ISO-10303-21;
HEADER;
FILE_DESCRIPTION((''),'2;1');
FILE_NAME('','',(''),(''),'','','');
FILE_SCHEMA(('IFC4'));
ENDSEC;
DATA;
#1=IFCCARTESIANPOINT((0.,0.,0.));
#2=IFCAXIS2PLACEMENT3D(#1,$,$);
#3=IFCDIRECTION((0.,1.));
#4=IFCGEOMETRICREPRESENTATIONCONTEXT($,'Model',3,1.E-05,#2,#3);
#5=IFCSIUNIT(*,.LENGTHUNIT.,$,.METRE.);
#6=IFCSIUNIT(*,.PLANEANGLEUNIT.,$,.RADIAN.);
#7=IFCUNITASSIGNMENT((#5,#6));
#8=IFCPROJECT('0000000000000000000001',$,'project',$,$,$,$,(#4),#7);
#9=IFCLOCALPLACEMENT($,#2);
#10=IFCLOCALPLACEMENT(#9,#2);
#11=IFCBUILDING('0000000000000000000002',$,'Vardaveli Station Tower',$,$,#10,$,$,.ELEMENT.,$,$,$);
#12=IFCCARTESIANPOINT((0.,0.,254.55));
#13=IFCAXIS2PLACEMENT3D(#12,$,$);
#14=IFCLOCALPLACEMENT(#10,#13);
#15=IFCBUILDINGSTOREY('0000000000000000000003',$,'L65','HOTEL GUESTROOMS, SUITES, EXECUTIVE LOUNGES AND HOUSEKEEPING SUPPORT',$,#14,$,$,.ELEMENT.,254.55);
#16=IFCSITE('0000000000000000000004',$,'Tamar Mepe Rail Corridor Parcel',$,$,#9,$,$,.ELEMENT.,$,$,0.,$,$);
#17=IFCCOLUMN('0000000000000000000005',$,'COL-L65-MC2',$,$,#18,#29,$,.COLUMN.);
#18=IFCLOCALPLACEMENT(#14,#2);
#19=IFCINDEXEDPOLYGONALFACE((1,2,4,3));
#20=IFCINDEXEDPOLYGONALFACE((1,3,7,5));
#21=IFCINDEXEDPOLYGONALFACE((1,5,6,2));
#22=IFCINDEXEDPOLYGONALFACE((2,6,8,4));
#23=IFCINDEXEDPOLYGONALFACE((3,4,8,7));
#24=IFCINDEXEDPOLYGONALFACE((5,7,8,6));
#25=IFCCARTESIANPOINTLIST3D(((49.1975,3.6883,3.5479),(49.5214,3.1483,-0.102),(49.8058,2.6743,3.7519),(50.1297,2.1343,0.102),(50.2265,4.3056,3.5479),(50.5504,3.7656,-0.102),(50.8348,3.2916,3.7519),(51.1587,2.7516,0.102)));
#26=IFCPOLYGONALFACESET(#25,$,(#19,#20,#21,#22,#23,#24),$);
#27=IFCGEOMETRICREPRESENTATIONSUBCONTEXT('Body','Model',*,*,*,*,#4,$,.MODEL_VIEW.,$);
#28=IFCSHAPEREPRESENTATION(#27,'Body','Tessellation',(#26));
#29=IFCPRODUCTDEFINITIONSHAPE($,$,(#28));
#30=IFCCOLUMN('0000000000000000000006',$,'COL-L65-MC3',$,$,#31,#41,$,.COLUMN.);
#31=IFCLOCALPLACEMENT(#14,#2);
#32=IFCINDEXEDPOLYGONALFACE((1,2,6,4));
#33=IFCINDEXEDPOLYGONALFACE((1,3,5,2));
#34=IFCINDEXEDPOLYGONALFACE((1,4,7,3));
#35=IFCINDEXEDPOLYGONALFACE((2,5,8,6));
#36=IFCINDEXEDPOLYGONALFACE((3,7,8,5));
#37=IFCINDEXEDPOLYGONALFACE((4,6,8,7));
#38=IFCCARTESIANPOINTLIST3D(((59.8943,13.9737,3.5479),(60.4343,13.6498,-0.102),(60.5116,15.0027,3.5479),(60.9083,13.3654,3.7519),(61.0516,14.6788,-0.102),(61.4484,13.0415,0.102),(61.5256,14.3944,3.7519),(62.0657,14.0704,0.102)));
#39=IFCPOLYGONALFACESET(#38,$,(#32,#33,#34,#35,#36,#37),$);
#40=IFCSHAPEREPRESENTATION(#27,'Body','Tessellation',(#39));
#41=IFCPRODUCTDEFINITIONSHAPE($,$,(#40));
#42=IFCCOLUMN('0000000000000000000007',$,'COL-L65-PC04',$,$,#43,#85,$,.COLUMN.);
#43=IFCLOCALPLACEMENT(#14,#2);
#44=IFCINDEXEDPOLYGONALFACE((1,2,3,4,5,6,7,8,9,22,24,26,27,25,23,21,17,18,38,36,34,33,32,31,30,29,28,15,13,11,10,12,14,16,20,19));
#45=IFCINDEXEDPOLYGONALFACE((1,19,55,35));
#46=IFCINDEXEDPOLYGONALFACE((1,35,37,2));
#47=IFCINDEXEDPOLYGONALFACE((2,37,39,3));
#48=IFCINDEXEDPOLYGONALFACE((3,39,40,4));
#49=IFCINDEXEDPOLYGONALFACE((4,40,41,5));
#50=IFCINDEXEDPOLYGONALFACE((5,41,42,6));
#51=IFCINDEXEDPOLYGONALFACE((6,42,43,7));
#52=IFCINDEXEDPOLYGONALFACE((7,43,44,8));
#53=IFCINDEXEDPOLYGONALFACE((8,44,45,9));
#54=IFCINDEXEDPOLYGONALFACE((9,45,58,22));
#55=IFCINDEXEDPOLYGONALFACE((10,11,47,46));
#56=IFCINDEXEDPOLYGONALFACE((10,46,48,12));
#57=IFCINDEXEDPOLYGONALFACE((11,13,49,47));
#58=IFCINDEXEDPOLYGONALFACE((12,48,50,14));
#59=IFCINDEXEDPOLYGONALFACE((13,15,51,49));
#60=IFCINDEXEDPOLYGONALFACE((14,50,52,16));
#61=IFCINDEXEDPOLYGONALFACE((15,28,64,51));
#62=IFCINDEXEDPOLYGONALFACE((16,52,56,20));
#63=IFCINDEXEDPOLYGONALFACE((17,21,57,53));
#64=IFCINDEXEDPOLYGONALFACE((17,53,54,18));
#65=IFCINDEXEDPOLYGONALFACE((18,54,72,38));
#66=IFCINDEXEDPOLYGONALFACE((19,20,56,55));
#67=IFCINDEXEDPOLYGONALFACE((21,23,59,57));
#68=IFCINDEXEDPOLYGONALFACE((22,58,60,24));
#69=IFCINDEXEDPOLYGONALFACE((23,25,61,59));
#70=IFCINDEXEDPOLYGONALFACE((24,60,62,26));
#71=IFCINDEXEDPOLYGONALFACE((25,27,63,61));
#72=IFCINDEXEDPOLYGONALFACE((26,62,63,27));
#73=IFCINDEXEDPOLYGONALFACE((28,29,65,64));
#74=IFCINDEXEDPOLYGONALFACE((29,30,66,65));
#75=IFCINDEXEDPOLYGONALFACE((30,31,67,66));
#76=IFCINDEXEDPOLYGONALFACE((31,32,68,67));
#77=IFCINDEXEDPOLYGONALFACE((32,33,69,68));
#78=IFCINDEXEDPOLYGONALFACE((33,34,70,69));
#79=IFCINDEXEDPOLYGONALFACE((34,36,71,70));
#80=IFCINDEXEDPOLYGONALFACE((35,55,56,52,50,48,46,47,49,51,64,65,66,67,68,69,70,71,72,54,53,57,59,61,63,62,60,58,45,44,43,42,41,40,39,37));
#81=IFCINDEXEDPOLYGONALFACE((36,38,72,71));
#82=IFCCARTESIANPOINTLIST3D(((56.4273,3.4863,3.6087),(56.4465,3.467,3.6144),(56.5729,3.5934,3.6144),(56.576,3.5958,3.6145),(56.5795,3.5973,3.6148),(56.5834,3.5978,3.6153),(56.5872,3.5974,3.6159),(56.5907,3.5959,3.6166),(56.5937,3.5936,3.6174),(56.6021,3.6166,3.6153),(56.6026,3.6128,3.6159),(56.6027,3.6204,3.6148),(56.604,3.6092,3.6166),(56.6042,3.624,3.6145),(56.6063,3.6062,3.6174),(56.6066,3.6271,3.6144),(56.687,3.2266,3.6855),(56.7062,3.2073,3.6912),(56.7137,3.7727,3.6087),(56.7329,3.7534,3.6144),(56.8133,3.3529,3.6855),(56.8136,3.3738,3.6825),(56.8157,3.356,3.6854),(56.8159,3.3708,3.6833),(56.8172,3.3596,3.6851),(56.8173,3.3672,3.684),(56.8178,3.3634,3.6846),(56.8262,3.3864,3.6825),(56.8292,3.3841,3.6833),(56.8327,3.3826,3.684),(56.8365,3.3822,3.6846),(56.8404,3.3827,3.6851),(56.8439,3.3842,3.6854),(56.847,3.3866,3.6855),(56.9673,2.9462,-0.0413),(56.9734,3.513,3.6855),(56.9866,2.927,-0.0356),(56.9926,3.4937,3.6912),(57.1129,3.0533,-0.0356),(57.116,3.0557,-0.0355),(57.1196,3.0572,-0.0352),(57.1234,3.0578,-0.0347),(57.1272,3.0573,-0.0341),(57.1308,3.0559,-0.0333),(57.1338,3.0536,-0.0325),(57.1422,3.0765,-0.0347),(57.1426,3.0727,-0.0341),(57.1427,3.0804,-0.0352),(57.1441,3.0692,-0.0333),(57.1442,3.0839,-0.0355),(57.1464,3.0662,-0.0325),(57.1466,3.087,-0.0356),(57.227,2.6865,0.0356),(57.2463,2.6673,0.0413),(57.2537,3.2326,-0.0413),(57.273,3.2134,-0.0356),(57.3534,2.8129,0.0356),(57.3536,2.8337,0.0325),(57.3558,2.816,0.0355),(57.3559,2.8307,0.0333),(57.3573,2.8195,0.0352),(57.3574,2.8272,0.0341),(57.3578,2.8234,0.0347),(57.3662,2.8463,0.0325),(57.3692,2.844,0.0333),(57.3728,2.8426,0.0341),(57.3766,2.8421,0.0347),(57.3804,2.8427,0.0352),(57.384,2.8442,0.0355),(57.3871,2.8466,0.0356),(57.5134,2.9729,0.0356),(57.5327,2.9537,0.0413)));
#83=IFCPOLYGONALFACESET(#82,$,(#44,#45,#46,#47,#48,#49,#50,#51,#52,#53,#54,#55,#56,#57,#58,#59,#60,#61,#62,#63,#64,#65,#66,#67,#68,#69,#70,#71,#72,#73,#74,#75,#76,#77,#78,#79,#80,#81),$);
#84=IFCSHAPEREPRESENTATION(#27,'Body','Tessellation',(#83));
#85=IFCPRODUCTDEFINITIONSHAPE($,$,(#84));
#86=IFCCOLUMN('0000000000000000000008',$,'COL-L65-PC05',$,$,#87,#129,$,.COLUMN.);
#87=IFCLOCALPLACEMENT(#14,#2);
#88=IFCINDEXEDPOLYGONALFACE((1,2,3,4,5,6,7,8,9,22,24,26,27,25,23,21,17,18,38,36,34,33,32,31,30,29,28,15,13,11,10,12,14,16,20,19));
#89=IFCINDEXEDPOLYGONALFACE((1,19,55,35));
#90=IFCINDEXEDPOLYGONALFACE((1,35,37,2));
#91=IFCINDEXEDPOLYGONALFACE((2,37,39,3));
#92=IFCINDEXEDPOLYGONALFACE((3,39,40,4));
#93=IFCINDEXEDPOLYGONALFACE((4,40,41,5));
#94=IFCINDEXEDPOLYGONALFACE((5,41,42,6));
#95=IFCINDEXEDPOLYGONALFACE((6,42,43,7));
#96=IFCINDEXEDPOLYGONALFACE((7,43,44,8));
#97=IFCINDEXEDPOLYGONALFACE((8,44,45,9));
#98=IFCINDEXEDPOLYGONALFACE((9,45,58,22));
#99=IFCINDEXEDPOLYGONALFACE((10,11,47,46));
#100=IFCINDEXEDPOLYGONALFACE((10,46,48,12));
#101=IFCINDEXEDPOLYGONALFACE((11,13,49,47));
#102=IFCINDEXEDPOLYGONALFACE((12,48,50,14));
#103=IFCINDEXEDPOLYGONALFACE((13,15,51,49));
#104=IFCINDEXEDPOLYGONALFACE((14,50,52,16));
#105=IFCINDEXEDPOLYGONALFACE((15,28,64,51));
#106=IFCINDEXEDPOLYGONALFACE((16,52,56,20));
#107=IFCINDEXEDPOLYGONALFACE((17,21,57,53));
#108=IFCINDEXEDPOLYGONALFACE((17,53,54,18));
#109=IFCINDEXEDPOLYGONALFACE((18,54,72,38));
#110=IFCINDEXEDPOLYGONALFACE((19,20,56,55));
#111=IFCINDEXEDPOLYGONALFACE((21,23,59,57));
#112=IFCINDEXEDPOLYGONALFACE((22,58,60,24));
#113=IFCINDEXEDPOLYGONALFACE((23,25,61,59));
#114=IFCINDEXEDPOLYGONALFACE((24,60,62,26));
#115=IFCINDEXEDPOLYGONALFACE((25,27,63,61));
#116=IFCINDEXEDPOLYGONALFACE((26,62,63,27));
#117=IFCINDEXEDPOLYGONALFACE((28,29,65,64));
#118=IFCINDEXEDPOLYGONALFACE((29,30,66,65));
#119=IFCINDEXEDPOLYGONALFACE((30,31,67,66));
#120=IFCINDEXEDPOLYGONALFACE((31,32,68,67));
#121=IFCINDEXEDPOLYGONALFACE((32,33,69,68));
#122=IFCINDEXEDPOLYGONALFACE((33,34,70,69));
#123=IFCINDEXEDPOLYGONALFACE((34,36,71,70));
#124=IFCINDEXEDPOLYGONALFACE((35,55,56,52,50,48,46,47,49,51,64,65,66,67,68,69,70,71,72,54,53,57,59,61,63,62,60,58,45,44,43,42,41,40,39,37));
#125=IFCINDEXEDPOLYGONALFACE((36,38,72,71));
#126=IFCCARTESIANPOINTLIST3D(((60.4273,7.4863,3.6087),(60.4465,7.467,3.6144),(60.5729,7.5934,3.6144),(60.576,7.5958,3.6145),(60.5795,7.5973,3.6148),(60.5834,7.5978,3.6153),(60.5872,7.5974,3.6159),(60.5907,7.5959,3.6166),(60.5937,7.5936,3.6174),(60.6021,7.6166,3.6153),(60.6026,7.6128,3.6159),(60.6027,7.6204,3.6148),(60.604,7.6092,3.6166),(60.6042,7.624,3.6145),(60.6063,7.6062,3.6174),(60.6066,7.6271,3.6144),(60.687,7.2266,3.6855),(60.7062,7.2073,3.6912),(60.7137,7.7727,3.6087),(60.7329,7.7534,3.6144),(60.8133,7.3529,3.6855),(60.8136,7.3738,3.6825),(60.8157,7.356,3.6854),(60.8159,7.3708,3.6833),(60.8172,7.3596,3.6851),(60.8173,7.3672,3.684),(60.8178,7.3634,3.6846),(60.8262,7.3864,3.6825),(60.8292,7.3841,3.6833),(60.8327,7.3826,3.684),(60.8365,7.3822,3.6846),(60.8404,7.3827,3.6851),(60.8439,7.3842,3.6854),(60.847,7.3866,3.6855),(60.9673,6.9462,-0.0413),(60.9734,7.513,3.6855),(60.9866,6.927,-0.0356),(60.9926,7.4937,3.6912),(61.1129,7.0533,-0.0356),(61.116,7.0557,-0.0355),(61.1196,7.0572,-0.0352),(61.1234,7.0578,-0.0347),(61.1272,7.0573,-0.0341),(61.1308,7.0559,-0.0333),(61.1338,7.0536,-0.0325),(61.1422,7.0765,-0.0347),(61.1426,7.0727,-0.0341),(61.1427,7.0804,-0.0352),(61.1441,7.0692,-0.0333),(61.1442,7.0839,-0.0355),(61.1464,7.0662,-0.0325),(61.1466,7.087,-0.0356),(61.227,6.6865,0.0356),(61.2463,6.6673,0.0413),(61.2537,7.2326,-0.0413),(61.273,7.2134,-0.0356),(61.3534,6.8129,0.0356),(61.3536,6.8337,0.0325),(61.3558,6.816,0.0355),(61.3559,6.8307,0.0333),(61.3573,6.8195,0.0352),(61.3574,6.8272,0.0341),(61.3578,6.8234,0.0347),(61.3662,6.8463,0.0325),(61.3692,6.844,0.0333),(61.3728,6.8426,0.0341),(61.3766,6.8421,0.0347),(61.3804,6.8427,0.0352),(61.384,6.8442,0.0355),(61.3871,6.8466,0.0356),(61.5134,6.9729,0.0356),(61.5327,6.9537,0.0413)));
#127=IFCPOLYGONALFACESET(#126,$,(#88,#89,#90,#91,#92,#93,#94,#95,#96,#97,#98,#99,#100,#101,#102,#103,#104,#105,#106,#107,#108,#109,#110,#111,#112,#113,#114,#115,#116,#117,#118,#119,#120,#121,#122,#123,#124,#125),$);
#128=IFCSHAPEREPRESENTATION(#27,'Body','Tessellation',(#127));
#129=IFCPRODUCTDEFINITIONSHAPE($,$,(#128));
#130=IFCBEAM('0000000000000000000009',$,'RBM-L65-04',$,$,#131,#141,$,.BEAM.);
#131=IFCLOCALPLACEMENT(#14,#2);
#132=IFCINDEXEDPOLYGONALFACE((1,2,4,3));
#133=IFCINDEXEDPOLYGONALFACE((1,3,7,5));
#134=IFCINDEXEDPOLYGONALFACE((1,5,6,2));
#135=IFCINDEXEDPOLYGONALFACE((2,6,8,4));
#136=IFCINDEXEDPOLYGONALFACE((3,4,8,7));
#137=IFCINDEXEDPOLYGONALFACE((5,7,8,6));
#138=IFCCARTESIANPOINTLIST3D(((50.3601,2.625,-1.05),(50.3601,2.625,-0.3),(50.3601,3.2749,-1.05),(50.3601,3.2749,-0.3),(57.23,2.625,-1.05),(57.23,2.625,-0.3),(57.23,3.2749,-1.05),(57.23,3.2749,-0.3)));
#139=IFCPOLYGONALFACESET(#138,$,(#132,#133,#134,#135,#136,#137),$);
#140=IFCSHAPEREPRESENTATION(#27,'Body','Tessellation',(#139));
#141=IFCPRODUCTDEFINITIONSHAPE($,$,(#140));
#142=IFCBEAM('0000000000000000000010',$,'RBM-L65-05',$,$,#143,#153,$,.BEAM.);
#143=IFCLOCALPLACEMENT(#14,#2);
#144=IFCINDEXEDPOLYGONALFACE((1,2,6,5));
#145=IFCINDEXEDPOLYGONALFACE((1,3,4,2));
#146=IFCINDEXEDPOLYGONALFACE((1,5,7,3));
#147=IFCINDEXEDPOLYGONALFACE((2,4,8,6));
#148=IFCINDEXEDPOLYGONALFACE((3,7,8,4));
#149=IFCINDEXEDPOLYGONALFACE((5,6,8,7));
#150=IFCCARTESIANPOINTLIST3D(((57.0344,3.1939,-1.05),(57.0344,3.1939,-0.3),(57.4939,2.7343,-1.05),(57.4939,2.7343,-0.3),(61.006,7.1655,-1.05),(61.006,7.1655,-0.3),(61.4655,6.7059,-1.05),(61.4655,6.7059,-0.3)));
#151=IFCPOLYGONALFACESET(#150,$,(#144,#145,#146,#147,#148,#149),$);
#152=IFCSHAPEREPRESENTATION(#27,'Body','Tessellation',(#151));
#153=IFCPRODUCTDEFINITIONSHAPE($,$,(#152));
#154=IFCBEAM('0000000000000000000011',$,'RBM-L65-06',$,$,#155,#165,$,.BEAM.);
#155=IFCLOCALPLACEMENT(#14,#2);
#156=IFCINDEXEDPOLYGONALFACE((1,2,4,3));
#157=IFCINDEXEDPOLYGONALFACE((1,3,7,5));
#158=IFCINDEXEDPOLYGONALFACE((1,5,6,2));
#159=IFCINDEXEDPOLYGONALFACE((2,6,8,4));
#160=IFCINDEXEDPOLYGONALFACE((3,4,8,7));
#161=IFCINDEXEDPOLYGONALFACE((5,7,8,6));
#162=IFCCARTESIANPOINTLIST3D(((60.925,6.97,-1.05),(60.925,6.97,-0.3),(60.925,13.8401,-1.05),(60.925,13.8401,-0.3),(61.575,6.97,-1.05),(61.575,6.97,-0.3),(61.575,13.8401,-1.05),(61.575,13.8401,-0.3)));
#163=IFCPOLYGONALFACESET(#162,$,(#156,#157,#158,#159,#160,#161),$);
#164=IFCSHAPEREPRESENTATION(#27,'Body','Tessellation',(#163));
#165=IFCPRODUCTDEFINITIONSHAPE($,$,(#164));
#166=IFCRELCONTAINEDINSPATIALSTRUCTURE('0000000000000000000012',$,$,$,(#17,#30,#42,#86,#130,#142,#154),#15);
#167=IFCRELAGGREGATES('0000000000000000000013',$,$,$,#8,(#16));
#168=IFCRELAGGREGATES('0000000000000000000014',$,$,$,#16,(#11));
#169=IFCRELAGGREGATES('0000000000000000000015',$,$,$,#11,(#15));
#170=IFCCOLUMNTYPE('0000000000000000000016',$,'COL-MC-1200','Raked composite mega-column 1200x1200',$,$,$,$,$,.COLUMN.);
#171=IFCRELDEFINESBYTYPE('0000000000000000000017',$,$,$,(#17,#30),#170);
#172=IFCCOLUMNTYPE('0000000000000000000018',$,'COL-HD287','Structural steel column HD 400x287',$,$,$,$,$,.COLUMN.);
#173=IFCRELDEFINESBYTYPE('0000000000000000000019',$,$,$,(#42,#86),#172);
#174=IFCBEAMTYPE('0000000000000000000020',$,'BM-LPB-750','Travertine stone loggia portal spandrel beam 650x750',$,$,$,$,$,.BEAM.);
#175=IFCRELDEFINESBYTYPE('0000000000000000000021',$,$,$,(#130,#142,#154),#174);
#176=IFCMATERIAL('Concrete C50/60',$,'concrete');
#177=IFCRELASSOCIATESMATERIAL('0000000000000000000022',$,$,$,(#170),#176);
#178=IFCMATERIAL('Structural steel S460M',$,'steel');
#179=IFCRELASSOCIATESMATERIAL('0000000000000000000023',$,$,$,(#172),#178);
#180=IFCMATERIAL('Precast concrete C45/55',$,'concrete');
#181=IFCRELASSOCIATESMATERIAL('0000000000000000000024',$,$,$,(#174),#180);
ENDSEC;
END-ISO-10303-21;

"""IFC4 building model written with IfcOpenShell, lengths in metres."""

from ifc_helpers import new_model, si_unit, direction, frame, origin, origin_2d, place, context, subcontext, project, spatial, rectangle, i_section, extrude, source, transform, mapped, material, material_profile, profile_set, type_object, element, save


model = new_model("IFC4")

# Units and contexts
model_context = context("Model", 3, precision=1e-05, world=origin(), true_north=direction((0.0, 1.0)))
body_context = subcontext(model_context, "Body", "Model", "MODEL_VIEW")
ifc_project = project(units=[si_unit("LENGTHUNIT", "METRE"), si_unit("PLANEANGLEUNIT", "RADIAN")], contexts=[model_context])

# Site, building, storey
site_placement = place(None, origin())
site = spatial("IfcSite", under=ifc_project, at=site_placement, Name="Tamar Mepe Rail Corridor Parcel", CompositionType="ELEMENT", RefElevation=0.0)
building_placement = place(site_placement, origin())
building = spatial("IfcBuilding", under=site, at=building_placement, Name="Vardaveli Station Tower", CompositionType="ELEMENT")
storey_placement = place(building_placement, frame((0.0, 0.0, 254.55)))
storey = spatial("IfcBuildingStorey", under=building, at=storey_placement, Name="L65", Description="HOTEL GUESTROOMS, SUITES, EXECUTIVE LOUNGES AND HOUSEKEEPING SUPPORT", CompositionType="ELEMENT", Elevation=254.55)

# Columns
ifc_material_1 = material(Name="Concrete C50/60", Category="concrete")
ifc_material_profile_1 = material_profile(ifc_material_1, rectangle(XDim=1.2, YDim=1.2, at=origin_2d()), Name="MC 1200x1200")
ifc_profile_set_1 = profile_set([ifc_material_profile_1], Name="Concrete C50/60")
column_type_1 = type_object("IfcColumnType", Name="COL-MC-1200", Description="Raked composite mega-column 1200x1200", PredefinedType="COLUMN", material=ifc_profile_set_1)
shared_shape_1 = source(origin(), body_context, "Body", "SweptSolid", [
    extrude(rectangle(XDim=1.2, YDim=1.2, at=origin_2d()), origin(), (0.0, 0.0, 1.0), 3.7039),
])
for number, where, z_axis, x_axis, name in (
    (1, (50.3401, 2.95, 0.0), (-0.08747, 0.145805, 0.985439), (-0.857527, -0.514439, 0.0), "COL-L65-MC2"),
    (2, (61.25, 13.8601, 0.0), (-0.145805, 0.08747, 0.985439), (-0.514439, -0.857527, 0.0), "COL-L65-MC3"),
):
    element("IfcColumn", number, at=place(storey_placement, frame(where, z_axis=z_axis, x_axis=x_axis)), inside=storey, type_object=column_type_1, Name=name, PredefinedType="COLUMN", context=body_context, shape_type="MappedRepresentation", body=[
        mapped(shared_shape_1, transform((0.0, 0.0, 0.0), scale=1.0)),
    ])
ifc_material_2 = material(Name="Structural steel S460M", Category="steel")
ifc_material_profile_2 = material_profile(ifc_material_2, i_section(OverallWidth=0.405, OverallDepth=0.4031, WebThickness=0.0178, FlangeThickness=0.0278, FilletRadius=0.0149, at=origin_2d()), Name="HD 400x287")
ifc_profile_set_2 = profile_set([ifc_material_profile_2], Name="Structural steel S460M")
column_type_2 = type_object("IfcColumnType", Name="COL-HD287", Description="Structural steel column HD 400x287", PredefinedType="COLUMN", material=ifc_profile_set_2)
shared_shape_2 = source(origin(), body_context, "Body", "SweptSolid", [
    extrude(i_section(OverallWidth=0.405, OverallDepth=0.4031, WebThickness=0.0178, FlangeThickness=0.0278, FilletRadius=0.0149, at=origin_2d()), origin(), (0.0, 0.0, 1.0), 3.729),
])
for number, where, z_axis, x_axis, name in (
    (3, (57.25, 2.95, 0.0), (-0.144823, 0.144823, 0.978802), (-0.707107, -0.707107, 0.0), "COL-L65-PC04"),
    (4, (61.25, 6.95, 0.0), (-0.144823, 0.144823, 0.978802), (-0.707107, -0.707107, 0.0), "COL-L65-PC05"),
):
    element("IfcColumn", number, at=place(storey_placement, frame(where, z_axis=z_axis, x_axis=x_axis)), inside=storey, type_object=column_type_2, Name=name, PredefinedType="COLUMN", context=body_context, shape_type="MappedRepresentation", body=[
        mapped(shared_shape_2, transform((0.0, 0.0, 0.0), scale=1.0)),
    ])

# Beams
ifc_material_3 = material(Name="Precast concrete C45/55", Category="concrete")
ifc_material_profile_3 = material_profile(ifc_material_3, rectangle(XDim=0.6499, YDim=0.75, at=origin_2d()), Name="LPB 650x750")
ifc_profile_set_3 = profile_set([ifc_material_profile_3], Name="Precast concrete C45/55")
beam_type_1 = type_object("IfcBeamType", Name="BM-LPB-750", Description="Travertine stone loggia portal spandrel beam 650x750", PredefinedType="BEAM", material=ifc_profile_set_3)
shared_shape_3 = source(origin(), body_context, "Body", "SweptSolid", [
    extrude(rectangle(XDim=0.6499, YDim=0.75, at=origin_2d()), origin(), (0.0, 0.0, 1.0), 6.8699),
])
beam_1_placement = place(storey_placement, frame((50.3601, 2.95, -0.675), z_axis=(1.0, 0.0, 0.0), x_axis=(0.0, 1.0, 0.0)))
element("IfcBeam", 5, at=beam_1_placement, inside=storey, type_object=beam_type_1, Name="RBM-L65-04", PredefinedType="BEAM", context=body_context, shape_type="MappedRepresentation", body=[
    mapped(shared_shape_3, transform((0.0, 0.0, 0.0), scale=1.0)),
])
shared_shape_4 = source(origin(), body_context, "Body", "SweptSolid", [
    extrude(rectangle(XDim=0.6499, YDim=0.75, at=origin_2d()), origin(), (0.0, 0.0, 1.0), 5.6167),
])
beam_2_placement = place(storey_placement, frame((57.2642, 2.9641, -0.675), z_axis=(0.707107, 0.707107, 0.0), x_axis=(-0.707107, 0.707107, 0.0)))
element("IfcBeam", 6, at=beam_2_placement, inside=storey, type_object=beam_type_1, Name="RBM-L65-05", PredefinedType="BEAM", context=body_context, shape_type="MappedRepresentation", body=[
    mapped(shared_shape_4, transform((0.0, 0.0, 0.0), scale=1.0)),
])
shared_shape_5 = source(origin(), body_context, "Body", "SweptSolid", [
    extrude(rectangle(XDim=0.6499, YDim=0.75, at=origin_2d()), origin(), (0.0, 0.0, 1.0), 6.8701),
])
beam_3_placement = place(storey_placement, frame((61.25, 6.97, -0.675), z_axis=(0.0, 1.0, 0.0), x_axis=(-1.0, 0.0, 0.0)))
element("IfcBeam", 7, at=beam_3_placement, inside=storey, type_object=beam_type_1, Name="RBM-L65-06", PredefinedType="BEAM", context=body_context, shape_type="MappedRepresentation", body=[
    mapped(shared_shape_5, transform((0.0, 0.0, 0.0), scale=1.0)),
])

save(model, "model.ifc")
